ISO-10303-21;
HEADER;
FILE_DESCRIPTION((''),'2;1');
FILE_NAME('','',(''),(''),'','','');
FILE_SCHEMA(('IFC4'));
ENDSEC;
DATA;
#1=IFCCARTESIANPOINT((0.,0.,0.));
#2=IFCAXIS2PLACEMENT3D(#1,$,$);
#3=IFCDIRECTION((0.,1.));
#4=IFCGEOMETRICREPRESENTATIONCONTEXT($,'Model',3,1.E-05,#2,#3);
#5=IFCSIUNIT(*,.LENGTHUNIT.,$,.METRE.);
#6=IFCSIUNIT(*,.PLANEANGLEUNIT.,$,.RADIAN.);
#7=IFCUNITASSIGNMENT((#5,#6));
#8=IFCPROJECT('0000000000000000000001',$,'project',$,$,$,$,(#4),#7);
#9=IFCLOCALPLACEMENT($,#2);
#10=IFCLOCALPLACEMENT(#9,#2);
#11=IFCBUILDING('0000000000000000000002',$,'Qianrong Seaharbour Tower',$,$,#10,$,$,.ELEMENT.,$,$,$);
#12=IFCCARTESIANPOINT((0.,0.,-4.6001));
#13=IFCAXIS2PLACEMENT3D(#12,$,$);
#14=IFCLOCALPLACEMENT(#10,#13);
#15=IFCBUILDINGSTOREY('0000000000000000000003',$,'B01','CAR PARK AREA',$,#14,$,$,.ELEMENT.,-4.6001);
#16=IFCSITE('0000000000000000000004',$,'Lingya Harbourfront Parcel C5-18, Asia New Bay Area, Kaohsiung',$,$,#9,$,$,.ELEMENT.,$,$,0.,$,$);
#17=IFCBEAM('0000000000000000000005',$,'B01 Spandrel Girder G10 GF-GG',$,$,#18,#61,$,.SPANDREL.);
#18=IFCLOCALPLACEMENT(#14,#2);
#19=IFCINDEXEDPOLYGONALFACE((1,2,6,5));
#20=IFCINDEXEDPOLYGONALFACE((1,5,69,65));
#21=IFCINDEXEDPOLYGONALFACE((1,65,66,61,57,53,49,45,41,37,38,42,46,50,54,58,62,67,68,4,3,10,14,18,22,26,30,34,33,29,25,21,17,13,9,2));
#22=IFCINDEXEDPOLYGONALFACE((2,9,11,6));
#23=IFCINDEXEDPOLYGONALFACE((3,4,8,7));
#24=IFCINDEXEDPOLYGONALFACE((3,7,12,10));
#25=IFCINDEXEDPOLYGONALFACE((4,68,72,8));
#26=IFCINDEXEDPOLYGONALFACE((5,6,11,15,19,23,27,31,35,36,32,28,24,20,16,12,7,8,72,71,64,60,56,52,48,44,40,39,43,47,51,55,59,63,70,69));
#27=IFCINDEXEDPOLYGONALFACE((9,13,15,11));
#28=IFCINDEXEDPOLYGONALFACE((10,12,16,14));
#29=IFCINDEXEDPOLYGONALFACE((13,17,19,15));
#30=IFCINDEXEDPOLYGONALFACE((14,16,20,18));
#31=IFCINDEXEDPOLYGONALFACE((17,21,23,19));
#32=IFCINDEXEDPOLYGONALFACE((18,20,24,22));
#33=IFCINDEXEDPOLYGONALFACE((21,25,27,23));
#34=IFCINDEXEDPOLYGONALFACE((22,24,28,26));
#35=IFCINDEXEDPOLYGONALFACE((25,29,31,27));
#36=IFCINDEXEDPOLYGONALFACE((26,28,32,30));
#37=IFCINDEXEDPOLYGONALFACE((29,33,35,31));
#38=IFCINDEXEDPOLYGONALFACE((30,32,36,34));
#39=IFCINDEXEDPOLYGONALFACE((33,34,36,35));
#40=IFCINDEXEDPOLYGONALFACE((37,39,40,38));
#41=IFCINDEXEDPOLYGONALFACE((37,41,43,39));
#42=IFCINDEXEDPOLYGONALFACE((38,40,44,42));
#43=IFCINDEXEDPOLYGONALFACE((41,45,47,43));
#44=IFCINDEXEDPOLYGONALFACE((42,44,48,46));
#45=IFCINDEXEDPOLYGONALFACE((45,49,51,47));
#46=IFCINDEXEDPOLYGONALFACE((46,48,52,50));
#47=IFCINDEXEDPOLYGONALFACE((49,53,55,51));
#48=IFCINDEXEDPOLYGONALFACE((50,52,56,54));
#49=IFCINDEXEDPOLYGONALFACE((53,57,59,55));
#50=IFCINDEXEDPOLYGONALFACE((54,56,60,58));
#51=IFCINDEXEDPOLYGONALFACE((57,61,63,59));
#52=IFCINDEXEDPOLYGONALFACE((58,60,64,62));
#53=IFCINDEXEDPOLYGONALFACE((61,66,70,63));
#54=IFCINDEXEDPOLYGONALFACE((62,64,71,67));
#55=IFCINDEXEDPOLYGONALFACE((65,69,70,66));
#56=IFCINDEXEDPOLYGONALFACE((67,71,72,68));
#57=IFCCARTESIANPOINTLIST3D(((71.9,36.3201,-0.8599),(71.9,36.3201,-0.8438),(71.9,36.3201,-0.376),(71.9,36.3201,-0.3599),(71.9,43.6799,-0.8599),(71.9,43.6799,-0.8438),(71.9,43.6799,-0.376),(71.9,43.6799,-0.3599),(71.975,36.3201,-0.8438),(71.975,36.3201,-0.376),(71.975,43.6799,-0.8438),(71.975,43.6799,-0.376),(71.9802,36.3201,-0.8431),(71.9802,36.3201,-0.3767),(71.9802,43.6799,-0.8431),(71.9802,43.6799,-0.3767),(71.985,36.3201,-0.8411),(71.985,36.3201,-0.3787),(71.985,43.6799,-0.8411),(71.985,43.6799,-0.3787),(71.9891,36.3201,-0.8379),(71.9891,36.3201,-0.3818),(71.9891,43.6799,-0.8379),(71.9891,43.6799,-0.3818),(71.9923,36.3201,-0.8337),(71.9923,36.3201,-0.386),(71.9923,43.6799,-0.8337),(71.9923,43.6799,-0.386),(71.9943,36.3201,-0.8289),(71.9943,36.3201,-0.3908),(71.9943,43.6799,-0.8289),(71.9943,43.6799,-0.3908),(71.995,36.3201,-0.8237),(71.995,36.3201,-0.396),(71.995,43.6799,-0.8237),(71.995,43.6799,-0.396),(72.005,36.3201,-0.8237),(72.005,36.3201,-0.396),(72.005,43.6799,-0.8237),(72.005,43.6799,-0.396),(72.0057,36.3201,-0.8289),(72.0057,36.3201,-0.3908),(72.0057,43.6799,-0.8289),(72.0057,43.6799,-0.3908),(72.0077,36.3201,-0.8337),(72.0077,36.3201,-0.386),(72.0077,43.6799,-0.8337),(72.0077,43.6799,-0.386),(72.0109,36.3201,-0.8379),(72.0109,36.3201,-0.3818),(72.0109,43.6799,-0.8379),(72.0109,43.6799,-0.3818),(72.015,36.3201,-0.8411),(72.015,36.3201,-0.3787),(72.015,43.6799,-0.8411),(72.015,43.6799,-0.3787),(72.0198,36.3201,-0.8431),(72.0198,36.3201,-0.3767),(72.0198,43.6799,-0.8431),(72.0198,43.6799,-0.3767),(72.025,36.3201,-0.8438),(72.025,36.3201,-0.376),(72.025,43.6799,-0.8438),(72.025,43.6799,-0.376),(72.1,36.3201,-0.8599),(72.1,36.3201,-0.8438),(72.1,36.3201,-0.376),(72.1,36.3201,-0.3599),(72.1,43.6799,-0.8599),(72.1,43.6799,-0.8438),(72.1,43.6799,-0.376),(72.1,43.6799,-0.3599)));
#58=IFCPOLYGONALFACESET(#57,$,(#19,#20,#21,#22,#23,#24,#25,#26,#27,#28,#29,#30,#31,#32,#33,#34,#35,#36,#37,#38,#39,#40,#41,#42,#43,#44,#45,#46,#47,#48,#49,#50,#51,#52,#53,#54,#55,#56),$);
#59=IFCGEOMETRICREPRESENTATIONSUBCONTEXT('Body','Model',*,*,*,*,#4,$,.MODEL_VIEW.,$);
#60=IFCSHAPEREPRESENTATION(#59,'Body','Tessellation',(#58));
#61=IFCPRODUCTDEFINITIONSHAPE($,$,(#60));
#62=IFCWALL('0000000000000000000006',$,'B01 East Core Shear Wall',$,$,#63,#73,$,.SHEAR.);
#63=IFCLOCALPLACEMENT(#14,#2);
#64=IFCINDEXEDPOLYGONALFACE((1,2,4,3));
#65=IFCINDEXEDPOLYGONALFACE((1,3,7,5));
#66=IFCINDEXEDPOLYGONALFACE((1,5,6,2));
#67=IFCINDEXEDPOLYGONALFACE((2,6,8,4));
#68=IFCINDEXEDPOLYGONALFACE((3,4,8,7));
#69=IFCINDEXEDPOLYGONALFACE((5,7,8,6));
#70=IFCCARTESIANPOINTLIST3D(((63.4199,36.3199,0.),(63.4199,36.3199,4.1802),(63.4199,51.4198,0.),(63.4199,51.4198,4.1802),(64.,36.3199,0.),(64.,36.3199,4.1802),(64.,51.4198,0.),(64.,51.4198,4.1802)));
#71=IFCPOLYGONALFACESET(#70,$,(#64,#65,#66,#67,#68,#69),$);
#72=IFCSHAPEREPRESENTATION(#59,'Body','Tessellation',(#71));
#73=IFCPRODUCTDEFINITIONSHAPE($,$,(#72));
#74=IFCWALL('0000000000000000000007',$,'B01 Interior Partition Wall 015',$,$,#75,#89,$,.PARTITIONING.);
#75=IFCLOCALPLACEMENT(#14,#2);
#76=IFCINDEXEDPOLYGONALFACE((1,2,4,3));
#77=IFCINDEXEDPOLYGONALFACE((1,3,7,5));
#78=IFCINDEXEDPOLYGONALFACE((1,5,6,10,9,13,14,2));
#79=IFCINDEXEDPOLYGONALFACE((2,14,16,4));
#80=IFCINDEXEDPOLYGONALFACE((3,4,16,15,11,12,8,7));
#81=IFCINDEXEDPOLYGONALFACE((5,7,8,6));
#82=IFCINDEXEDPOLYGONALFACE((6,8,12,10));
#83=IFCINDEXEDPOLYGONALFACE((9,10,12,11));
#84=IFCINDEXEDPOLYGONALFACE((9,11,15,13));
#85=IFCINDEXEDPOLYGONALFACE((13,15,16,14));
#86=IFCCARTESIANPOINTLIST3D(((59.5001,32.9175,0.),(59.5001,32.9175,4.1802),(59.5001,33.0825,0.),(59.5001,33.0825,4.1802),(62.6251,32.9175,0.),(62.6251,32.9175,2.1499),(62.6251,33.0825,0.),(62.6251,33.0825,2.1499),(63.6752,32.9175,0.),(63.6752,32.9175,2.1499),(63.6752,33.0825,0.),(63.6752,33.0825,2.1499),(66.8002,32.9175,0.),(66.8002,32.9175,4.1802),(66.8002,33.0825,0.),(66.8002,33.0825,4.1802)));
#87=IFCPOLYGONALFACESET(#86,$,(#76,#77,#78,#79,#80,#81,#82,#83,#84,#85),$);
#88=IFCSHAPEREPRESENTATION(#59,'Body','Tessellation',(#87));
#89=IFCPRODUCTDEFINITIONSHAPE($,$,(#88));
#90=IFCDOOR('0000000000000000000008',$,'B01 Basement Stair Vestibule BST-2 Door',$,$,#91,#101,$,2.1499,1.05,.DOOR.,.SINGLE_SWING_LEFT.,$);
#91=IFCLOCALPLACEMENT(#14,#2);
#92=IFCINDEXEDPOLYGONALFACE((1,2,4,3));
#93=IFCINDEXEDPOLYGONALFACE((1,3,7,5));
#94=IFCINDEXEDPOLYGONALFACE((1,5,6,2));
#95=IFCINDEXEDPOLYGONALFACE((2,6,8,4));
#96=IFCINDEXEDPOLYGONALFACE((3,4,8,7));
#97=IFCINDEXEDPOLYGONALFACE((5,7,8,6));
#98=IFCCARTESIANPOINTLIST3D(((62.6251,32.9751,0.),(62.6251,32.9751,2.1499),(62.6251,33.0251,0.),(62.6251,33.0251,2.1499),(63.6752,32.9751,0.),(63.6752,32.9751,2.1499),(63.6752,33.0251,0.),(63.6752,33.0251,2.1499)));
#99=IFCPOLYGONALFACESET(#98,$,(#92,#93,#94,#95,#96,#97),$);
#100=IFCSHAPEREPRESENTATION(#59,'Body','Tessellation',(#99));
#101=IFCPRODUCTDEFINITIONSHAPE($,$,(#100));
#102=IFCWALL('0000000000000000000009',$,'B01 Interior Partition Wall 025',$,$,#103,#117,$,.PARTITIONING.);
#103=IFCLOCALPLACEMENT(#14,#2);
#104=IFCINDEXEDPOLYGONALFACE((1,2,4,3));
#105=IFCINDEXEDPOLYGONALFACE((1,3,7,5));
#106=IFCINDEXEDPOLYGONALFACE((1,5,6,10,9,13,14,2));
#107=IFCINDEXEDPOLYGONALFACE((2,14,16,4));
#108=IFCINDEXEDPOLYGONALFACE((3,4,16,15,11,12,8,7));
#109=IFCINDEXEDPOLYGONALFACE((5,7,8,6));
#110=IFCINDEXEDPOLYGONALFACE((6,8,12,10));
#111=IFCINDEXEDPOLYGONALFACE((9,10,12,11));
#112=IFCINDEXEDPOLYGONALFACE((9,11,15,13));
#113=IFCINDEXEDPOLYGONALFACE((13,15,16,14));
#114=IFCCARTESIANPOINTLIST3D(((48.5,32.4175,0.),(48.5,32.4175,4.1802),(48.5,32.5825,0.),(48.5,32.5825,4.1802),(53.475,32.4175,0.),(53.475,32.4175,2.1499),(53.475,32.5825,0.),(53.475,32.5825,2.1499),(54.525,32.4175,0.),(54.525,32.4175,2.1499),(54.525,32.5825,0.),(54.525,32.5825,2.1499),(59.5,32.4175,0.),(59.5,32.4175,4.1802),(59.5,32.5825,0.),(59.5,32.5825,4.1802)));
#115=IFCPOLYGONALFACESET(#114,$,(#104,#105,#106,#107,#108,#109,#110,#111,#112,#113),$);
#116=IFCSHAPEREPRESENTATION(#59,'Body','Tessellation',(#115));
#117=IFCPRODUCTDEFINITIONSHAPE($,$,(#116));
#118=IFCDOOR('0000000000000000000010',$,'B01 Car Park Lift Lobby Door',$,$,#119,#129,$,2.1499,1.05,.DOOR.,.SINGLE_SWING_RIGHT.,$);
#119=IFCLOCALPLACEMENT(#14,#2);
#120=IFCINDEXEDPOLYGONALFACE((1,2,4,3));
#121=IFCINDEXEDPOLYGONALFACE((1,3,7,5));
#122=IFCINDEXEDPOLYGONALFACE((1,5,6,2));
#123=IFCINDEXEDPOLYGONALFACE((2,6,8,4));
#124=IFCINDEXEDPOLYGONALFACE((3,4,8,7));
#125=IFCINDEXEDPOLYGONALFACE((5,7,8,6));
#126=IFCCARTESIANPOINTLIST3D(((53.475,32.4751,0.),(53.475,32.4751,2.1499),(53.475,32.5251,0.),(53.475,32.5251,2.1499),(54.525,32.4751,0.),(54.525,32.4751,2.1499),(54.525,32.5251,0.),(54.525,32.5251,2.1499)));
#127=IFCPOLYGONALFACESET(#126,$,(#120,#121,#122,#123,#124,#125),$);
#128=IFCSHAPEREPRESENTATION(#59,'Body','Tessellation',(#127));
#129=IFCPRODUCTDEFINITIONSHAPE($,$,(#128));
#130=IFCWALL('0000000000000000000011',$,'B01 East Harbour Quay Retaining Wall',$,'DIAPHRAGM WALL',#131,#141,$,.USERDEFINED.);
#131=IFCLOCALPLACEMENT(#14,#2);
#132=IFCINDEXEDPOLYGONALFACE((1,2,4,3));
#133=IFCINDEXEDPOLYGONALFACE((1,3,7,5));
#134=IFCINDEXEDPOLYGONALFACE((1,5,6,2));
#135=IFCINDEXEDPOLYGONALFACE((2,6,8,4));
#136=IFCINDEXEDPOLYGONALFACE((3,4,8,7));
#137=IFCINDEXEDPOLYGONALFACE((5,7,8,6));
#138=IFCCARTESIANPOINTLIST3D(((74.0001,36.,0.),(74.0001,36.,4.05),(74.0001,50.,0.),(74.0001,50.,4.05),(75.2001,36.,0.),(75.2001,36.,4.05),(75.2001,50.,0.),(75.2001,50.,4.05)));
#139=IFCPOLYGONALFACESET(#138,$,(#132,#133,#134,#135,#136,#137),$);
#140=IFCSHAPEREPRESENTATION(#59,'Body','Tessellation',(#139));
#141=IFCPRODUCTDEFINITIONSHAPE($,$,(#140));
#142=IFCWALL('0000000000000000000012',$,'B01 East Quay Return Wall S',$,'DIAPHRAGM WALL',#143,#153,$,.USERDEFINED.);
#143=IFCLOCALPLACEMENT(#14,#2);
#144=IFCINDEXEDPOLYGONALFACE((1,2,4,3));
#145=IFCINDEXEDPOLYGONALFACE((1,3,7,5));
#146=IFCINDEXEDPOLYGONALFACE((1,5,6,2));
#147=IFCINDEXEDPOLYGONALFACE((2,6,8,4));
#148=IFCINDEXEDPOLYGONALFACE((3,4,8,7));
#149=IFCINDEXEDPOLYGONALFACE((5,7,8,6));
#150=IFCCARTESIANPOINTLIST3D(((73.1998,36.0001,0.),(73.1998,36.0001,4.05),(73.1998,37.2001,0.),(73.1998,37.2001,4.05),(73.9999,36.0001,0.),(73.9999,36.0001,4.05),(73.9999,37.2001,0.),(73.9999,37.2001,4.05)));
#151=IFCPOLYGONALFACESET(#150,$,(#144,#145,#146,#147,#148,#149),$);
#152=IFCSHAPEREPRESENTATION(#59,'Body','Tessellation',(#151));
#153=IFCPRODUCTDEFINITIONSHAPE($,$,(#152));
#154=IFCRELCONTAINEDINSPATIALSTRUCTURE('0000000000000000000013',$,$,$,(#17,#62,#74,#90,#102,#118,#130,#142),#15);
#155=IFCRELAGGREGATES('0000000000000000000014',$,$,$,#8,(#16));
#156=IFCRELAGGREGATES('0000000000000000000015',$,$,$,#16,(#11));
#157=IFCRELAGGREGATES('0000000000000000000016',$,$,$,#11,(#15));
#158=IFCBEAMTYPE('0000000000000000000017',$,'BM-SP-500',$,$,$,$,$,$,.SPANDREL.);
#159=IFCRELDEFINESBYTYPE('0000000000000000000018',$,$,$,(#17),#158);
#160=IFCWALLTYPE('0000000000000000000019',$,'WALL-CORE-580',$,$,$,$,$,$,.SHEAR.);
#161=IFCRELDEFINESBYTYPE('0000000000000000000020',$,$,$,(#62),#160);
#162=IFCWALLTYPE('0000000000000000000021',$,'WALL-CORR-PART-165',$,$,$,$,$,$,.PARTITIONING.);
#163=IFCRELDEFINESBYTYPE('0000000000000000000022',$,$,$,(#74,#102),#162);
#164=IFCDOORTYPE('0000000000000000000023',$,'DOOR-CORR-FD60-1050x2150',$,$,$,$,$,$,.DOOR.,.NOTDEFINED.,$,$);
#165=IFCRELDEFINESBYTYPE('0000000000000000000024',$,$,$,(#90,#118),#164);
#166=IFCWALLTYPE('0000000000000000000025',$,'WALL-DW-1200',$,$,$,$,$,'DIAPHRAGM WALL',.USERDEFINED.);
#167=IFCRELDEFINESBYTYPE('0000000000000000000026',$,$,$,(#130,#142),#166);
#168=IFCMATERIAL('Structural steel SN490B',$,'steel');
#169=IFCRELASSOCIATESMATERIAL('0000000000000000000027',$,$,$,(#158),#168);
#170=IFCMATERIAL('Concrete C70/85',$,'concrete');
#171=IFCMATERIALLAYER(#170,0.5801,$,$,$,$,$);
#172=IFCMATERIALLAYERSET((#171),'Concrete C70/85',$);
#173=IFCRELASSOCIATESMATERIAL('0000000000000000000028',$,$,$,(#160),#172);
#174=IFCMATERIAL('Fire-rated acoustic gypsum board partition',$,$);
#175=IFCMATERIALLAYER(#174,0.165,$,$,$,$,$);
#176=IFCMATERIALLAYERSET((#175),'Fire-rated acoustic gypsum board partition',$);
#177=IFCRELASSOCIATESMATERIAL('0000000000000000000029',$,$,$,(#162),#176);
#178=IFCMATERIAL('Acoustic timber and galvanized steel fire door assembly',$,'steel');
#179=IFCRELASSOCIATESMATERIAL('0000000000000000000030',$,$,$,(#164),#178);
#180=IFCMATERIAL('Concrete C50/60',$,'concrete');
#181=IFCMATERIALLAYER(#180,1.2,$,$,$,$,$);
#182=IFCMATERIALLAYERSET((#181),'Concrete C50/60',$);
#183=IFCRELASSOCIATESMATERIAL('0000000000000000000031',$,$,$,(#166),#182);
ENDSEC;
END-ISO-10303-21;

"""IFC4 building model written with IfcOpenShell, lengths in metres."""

from ifc_helpers import new_model, si_unit, direction, frame, frame_2d, origin, origin_2d, place, context, subcontext, project, spatial, rectangle, i_section, extrude, material, layer, layer_set, material_profile, profile_set, type_object, element, fill, save


model = new_model("IFC4")

# Units and contexts
model_context = context("Model", 3, precision=1e-05, world=origin(), true_north=direction((0.0, 1.0)))
body_context = subcontext(model_context, "Body", "Model", "MODEL_VIEW")
ifc_project = project(units=[si_unit("LENGTHUNIT", "METRE"), si_unit("PLANEANGLEUNIT", "RADIAN")], contexts=[model_context])

# Site, building, storey
site_placement = place(None, origin())
site = spatial("IfcSite", under=ifc_project, at=site_placement, Name="Lingya Harbourfront Parcel C5-18, Asia New Bay Area, Kaohsiung", CompositionType="ELEMENT", RefElevation=0.0)
building_placement = place(site_placement, origin())
building = spatial("IfcBuilding", under=site, at=building_placement, Name="Qianrong Seaharbour Tower", CompositionType="ELEMENT")
storey_placement = place(building_placement, frame((0.0, 0.0, -4.6001)))
storey = spatial("IfcBuildingStorey", under=building, at=storey_placement, Name="B01", Description="CAR PARK AREA", CompositionType="ELEMENT", Elevation=-4.6001)

# Shared definitions
ifc_material_1 = material(Name="Structural steel SN490B", Category="steel")

# Beam
ifc_material_2 = material(Name="Concrete C50/60", Category="concrete")
ifc_material_profile_1 = material_profile(ifc_material_1, i_section(OverallWidth=0.2, OverallDepth=0.5, WebThickness=0.01, FlangeThickness=0.0161, FilletRadius=0.02, at=origin_2d()), Name="H500x200x10x16")
ifc_profile_set_1 = profile_set([ifc_material_profile_1], Name="Structural steel SN490B")
beam_type_1 = type_object("IfcBeamType", Name="BM-SP-500", PredefinedType="SPANDREL", material=ifc_profile_set_1)
for number, where, z_axis, x_axis, name in (
    (1, (72.0, 36.3201, -0.6099), (0.0, 1.0, 0.0), (-1.0, 0.0, 0.0), "B01 Spandrel Girder G10 GF-GG"),
):
    element("IfcBeam", number, at=place(storey_placement, frame(where, z_axis=z_axis, x_axis=x_axis)), inside=storey, type_object=beam_type_1, Name=name, PredefinedType="SPANDREL", context=body_context, shape_type="SweptSolid", body=[
        extrude(i_section(OverallWidth=0.2, OverallDepth=0.5, WebThickness=0.01, FlangeThickness=0.0161, FilletRadius=0.02, at=origin_2d()), origin(), (0.0, 0.0, 1.0), 7.3599),
    ])

# Wall
ifc_material_3 = material(Name="Concrete C70/85", Category="concrete")
ifc_layer_1 = layer(ifc_material_3, 0.5801)
ifc_layer_set_1 = layer_set([ifc_layer_1], Name="Concrete C70/85")
wall_type_1 = type_object("IfcWallType", Name="WALL-CORE-580", PredefinedType="SHEAR", material=ifc_layer_set_1)
wall_1_placement = place(storey_placement, frame((63.71, 36.3201, 0.0), z_axis=(0.0, 0.0, 1.0), x_axis=(0.0, 1.0, 0.0)))
element("IfcWall", 2, at=wall_1_placement, inside=storey, type_object=wall_type_1, Name="B01 East Core Shear Wall", PredefinedType="SHEAR", context=body_context, shape_type="SweptSolid", body=[
    extrude(rectangle(XDim=15.0999, YDim=0.5801, at=frame_2d((7.5498, 0.0))), origin(), (0.0, 0.0, 1.0), 4.1802),
])

# Walls, openings, doors
ifc_material_4 = material(Name="Fire-rated acoustic gypsum board partition")
ifc_layer_2 = layer(ifc_material_4, 0.165)
ifc_layer_set_2 = layer_set([ifc_layer_2], Name="Fire-rated acoustic gypsum board partition")
wall_type_2 = type_object("IfcWallType", Name="WALL-CORR-PART-165", PredefinedType="PARTITIONING", material=ifc_layer_set_2)
ifc_material_5 = material(Name="Acoustic timber and galvanized steel fire door assembly", Category="steel")
door_type_1 = type_object("IfcDoorType", Name="DOOR-CORR-FD60-1050x2150", OperationType="NOTDEFINED", PredefinedType="DOOR", material=ifc_material_5)
wall_2_placement = place(storey_placement, frame((66.8, 33.0, 0.0), z_axis=(0.0, 0.0, 1.0), x_axis=(-1.0, 0.0, 0.0)))
wall_2 = element("IfcWall", 3, at=wall_2_placement, inside=storey, type_object=wall_type_2, Name="B01 Interior Partition Wall 015", PredefinedType="PARTITIONING", context=body_context, shape_type="SweptSolid", body=[
    extrude(rectangle(XDim=7.3, YDim=0.165, at=frame_2d((3.6499, 0.0))), origin(), (0.0, 0.0, 1.0), 4.1802),
])
opening_1_placement = place(wall_2_placement, frame((3.125, 0.0, 0.0)))
opening_1 = element("IfcOpeningElement", 4, at=opening_1_placement, cuts=wall_2, PredefinedType="OPENING", context=body_context, shape_type="SweptSolid", body=[
    extrude(rectangle(XDim=1.05, YDim=2.1499, at=frame_2d((0.5249, 1.075))), frame((0.0, 0.0925, 0.0), z_axis=(0.0, -1.0, 0.0), x_axis=(1.0, 0.0, 0.0)), (0.0, 0.0, 1.0), 0.1851),
])
door_1_placement = place(opening_1_placement, origin())
door_1 = element("IfcDoor", 5, at=door_1_placement, inside=storey, type_object=door_type_1, Name="B01 Basement Stair Vestibule BST-2 Door", OperationType="SINGLE_SWING_LEFT", OverallHeight=2.1499, OverallWidth=1.05, PredefinedType="DOOR", context=body_context, shape_type="SweptSolid", body=[
    extrude(rectangle(XDim=1.05, YDim=2.1499, at=frame_2d((0.5249, 1.075))), frame((0.0, 0.0249, 0.0), z_axis=(0.0, -1.0, 0.0), x_axis=(1.0, 0.0, 0.0)), (0.0, 0.0, 1.0), 0.05),
])
fill(opening_1, door_1)
wall_3_placement = place(storey_placement, frame((59.5, 32.5, 0.0), z_axis=(0.0, 0.0, 1.0), x_axis=(-1.0, 0.0, 0.0)))
wall_3 = element("IfcWall", 6, at=wall_3_placement, inside=storey, type_object=wall_type_2, Name="B01 Interior Partition Wall 025", PredefinedType="PARTITIONING", context=body_context, shape_type="SweptSolid", body=[
    extrude(rectangle(XDim=11.0, YDim=0.165, at=frame_2d((5.5, 0.0))), origin(), (0.0, 0.0, 1.0), 4.1802),
])
opening_2_placement = place(wall_3_placement, frame((4.9751, 0.0, 0.0)))
opening_2 = element("IfcOpeningElement", 7, at=opening_2_placement, cuts=wall_3, PredefinedType="OPENING", context=body_context, shape_type="SweptSolid", body=[
    extrude(rectangle(XDim=1.05, YDim=2.1499, at=frame_2d((0.5249, 1.075))), frame((0.0, 0.0925, 0.0), z_axis=(0.0, -1.0, 0.0), x_axis=(1.0, 0.0, 0.0)), (0.0, 0.0, 1.0), 0.1851),
])
door_2_placement = place(opening_2_placement, origin())
door_2 = element("IfcDoor", 8, at=door_2_placement, inside=storey, type_object=door_type_1, Name="B01 Car Park Lift Lobby Door", OperationType="SINGLE_SWING_RIGHT", OverallHeight=2.1499, OverallWidth=1.05, PredefinedType="DOOR", context=body_context, shape_type="SweptSolid", body=[
    extrude(rectangle(XDim=1.05, YDim=2.1499, at=frame_2d((0.5249, 1.075))), frame((0.0, 0.0249, 0.0), z_axis=(0.0, -1.0, 0.0), x_axis=(1.0, 0.0, 0.0)), (0.0, 0.0, 1.0), 0.05),
])
fill(opening_2, door_2)

# Walls
ifc_layer_3 = layer(ifc_material_2, 1.2)
ifc_layer_set_3 = layer_set([ifc_layer_3], Name="Concrete C50/60")
wall_type_3 = type_object("IfcWallType", Name="WALL-DW-1200", ElementType="DIAPHRAGM WALL", PredefinedType="USERDEFINED", material=ifc_layer_set_3)
wall_4_placement = place(storey_placement, frame((74.6001, 36.0, 0.0), z_axis=(0.0, 0.0, 1.0), x_axis=(0.0, 1.0, 0.0)))
element("IfcWall", 9, at=wall_4_placement, inside=storey, type_object=wall_type_3, Name="B01 East Harbour Quay Retaining Wall", ObjectType="DIAPHRAGM WALL", PredefinedType="USERDEFINED", context=body_context, shape_type="SweptSolid", body=[
    extrude(rectangle(XDim=14.0, YDim=1.2, at=frame_2d((7.0, 0.0))), origin(), (0.0, 0.0, 1.0), 4.05),
])
wall_5_placement = place(storey_placement, frame((73.2, 36.6001, 0.0), z_axis=(0.0, 0.0, 1.0), x_axis=(1.0, 0.0, 0.0)))
element("IfcWall", 10, at=wall_5_placement, inside=storey, type_object=wall_type_3, Name="B01 East Quay Return Wall S", ObjectType="DIAPHRAGM WALL", PredefinedType="USERDEFINED", context=body_context, shape_type="SweptSolid", body=[
    extrude(rectangle(XDim=0.8, YDim=1.2, at=frame_2d((0.3999, 0.0))), origin(), (0.0, 0.0, 1.0), 4.05),
])

save(model, "model.ifc")
